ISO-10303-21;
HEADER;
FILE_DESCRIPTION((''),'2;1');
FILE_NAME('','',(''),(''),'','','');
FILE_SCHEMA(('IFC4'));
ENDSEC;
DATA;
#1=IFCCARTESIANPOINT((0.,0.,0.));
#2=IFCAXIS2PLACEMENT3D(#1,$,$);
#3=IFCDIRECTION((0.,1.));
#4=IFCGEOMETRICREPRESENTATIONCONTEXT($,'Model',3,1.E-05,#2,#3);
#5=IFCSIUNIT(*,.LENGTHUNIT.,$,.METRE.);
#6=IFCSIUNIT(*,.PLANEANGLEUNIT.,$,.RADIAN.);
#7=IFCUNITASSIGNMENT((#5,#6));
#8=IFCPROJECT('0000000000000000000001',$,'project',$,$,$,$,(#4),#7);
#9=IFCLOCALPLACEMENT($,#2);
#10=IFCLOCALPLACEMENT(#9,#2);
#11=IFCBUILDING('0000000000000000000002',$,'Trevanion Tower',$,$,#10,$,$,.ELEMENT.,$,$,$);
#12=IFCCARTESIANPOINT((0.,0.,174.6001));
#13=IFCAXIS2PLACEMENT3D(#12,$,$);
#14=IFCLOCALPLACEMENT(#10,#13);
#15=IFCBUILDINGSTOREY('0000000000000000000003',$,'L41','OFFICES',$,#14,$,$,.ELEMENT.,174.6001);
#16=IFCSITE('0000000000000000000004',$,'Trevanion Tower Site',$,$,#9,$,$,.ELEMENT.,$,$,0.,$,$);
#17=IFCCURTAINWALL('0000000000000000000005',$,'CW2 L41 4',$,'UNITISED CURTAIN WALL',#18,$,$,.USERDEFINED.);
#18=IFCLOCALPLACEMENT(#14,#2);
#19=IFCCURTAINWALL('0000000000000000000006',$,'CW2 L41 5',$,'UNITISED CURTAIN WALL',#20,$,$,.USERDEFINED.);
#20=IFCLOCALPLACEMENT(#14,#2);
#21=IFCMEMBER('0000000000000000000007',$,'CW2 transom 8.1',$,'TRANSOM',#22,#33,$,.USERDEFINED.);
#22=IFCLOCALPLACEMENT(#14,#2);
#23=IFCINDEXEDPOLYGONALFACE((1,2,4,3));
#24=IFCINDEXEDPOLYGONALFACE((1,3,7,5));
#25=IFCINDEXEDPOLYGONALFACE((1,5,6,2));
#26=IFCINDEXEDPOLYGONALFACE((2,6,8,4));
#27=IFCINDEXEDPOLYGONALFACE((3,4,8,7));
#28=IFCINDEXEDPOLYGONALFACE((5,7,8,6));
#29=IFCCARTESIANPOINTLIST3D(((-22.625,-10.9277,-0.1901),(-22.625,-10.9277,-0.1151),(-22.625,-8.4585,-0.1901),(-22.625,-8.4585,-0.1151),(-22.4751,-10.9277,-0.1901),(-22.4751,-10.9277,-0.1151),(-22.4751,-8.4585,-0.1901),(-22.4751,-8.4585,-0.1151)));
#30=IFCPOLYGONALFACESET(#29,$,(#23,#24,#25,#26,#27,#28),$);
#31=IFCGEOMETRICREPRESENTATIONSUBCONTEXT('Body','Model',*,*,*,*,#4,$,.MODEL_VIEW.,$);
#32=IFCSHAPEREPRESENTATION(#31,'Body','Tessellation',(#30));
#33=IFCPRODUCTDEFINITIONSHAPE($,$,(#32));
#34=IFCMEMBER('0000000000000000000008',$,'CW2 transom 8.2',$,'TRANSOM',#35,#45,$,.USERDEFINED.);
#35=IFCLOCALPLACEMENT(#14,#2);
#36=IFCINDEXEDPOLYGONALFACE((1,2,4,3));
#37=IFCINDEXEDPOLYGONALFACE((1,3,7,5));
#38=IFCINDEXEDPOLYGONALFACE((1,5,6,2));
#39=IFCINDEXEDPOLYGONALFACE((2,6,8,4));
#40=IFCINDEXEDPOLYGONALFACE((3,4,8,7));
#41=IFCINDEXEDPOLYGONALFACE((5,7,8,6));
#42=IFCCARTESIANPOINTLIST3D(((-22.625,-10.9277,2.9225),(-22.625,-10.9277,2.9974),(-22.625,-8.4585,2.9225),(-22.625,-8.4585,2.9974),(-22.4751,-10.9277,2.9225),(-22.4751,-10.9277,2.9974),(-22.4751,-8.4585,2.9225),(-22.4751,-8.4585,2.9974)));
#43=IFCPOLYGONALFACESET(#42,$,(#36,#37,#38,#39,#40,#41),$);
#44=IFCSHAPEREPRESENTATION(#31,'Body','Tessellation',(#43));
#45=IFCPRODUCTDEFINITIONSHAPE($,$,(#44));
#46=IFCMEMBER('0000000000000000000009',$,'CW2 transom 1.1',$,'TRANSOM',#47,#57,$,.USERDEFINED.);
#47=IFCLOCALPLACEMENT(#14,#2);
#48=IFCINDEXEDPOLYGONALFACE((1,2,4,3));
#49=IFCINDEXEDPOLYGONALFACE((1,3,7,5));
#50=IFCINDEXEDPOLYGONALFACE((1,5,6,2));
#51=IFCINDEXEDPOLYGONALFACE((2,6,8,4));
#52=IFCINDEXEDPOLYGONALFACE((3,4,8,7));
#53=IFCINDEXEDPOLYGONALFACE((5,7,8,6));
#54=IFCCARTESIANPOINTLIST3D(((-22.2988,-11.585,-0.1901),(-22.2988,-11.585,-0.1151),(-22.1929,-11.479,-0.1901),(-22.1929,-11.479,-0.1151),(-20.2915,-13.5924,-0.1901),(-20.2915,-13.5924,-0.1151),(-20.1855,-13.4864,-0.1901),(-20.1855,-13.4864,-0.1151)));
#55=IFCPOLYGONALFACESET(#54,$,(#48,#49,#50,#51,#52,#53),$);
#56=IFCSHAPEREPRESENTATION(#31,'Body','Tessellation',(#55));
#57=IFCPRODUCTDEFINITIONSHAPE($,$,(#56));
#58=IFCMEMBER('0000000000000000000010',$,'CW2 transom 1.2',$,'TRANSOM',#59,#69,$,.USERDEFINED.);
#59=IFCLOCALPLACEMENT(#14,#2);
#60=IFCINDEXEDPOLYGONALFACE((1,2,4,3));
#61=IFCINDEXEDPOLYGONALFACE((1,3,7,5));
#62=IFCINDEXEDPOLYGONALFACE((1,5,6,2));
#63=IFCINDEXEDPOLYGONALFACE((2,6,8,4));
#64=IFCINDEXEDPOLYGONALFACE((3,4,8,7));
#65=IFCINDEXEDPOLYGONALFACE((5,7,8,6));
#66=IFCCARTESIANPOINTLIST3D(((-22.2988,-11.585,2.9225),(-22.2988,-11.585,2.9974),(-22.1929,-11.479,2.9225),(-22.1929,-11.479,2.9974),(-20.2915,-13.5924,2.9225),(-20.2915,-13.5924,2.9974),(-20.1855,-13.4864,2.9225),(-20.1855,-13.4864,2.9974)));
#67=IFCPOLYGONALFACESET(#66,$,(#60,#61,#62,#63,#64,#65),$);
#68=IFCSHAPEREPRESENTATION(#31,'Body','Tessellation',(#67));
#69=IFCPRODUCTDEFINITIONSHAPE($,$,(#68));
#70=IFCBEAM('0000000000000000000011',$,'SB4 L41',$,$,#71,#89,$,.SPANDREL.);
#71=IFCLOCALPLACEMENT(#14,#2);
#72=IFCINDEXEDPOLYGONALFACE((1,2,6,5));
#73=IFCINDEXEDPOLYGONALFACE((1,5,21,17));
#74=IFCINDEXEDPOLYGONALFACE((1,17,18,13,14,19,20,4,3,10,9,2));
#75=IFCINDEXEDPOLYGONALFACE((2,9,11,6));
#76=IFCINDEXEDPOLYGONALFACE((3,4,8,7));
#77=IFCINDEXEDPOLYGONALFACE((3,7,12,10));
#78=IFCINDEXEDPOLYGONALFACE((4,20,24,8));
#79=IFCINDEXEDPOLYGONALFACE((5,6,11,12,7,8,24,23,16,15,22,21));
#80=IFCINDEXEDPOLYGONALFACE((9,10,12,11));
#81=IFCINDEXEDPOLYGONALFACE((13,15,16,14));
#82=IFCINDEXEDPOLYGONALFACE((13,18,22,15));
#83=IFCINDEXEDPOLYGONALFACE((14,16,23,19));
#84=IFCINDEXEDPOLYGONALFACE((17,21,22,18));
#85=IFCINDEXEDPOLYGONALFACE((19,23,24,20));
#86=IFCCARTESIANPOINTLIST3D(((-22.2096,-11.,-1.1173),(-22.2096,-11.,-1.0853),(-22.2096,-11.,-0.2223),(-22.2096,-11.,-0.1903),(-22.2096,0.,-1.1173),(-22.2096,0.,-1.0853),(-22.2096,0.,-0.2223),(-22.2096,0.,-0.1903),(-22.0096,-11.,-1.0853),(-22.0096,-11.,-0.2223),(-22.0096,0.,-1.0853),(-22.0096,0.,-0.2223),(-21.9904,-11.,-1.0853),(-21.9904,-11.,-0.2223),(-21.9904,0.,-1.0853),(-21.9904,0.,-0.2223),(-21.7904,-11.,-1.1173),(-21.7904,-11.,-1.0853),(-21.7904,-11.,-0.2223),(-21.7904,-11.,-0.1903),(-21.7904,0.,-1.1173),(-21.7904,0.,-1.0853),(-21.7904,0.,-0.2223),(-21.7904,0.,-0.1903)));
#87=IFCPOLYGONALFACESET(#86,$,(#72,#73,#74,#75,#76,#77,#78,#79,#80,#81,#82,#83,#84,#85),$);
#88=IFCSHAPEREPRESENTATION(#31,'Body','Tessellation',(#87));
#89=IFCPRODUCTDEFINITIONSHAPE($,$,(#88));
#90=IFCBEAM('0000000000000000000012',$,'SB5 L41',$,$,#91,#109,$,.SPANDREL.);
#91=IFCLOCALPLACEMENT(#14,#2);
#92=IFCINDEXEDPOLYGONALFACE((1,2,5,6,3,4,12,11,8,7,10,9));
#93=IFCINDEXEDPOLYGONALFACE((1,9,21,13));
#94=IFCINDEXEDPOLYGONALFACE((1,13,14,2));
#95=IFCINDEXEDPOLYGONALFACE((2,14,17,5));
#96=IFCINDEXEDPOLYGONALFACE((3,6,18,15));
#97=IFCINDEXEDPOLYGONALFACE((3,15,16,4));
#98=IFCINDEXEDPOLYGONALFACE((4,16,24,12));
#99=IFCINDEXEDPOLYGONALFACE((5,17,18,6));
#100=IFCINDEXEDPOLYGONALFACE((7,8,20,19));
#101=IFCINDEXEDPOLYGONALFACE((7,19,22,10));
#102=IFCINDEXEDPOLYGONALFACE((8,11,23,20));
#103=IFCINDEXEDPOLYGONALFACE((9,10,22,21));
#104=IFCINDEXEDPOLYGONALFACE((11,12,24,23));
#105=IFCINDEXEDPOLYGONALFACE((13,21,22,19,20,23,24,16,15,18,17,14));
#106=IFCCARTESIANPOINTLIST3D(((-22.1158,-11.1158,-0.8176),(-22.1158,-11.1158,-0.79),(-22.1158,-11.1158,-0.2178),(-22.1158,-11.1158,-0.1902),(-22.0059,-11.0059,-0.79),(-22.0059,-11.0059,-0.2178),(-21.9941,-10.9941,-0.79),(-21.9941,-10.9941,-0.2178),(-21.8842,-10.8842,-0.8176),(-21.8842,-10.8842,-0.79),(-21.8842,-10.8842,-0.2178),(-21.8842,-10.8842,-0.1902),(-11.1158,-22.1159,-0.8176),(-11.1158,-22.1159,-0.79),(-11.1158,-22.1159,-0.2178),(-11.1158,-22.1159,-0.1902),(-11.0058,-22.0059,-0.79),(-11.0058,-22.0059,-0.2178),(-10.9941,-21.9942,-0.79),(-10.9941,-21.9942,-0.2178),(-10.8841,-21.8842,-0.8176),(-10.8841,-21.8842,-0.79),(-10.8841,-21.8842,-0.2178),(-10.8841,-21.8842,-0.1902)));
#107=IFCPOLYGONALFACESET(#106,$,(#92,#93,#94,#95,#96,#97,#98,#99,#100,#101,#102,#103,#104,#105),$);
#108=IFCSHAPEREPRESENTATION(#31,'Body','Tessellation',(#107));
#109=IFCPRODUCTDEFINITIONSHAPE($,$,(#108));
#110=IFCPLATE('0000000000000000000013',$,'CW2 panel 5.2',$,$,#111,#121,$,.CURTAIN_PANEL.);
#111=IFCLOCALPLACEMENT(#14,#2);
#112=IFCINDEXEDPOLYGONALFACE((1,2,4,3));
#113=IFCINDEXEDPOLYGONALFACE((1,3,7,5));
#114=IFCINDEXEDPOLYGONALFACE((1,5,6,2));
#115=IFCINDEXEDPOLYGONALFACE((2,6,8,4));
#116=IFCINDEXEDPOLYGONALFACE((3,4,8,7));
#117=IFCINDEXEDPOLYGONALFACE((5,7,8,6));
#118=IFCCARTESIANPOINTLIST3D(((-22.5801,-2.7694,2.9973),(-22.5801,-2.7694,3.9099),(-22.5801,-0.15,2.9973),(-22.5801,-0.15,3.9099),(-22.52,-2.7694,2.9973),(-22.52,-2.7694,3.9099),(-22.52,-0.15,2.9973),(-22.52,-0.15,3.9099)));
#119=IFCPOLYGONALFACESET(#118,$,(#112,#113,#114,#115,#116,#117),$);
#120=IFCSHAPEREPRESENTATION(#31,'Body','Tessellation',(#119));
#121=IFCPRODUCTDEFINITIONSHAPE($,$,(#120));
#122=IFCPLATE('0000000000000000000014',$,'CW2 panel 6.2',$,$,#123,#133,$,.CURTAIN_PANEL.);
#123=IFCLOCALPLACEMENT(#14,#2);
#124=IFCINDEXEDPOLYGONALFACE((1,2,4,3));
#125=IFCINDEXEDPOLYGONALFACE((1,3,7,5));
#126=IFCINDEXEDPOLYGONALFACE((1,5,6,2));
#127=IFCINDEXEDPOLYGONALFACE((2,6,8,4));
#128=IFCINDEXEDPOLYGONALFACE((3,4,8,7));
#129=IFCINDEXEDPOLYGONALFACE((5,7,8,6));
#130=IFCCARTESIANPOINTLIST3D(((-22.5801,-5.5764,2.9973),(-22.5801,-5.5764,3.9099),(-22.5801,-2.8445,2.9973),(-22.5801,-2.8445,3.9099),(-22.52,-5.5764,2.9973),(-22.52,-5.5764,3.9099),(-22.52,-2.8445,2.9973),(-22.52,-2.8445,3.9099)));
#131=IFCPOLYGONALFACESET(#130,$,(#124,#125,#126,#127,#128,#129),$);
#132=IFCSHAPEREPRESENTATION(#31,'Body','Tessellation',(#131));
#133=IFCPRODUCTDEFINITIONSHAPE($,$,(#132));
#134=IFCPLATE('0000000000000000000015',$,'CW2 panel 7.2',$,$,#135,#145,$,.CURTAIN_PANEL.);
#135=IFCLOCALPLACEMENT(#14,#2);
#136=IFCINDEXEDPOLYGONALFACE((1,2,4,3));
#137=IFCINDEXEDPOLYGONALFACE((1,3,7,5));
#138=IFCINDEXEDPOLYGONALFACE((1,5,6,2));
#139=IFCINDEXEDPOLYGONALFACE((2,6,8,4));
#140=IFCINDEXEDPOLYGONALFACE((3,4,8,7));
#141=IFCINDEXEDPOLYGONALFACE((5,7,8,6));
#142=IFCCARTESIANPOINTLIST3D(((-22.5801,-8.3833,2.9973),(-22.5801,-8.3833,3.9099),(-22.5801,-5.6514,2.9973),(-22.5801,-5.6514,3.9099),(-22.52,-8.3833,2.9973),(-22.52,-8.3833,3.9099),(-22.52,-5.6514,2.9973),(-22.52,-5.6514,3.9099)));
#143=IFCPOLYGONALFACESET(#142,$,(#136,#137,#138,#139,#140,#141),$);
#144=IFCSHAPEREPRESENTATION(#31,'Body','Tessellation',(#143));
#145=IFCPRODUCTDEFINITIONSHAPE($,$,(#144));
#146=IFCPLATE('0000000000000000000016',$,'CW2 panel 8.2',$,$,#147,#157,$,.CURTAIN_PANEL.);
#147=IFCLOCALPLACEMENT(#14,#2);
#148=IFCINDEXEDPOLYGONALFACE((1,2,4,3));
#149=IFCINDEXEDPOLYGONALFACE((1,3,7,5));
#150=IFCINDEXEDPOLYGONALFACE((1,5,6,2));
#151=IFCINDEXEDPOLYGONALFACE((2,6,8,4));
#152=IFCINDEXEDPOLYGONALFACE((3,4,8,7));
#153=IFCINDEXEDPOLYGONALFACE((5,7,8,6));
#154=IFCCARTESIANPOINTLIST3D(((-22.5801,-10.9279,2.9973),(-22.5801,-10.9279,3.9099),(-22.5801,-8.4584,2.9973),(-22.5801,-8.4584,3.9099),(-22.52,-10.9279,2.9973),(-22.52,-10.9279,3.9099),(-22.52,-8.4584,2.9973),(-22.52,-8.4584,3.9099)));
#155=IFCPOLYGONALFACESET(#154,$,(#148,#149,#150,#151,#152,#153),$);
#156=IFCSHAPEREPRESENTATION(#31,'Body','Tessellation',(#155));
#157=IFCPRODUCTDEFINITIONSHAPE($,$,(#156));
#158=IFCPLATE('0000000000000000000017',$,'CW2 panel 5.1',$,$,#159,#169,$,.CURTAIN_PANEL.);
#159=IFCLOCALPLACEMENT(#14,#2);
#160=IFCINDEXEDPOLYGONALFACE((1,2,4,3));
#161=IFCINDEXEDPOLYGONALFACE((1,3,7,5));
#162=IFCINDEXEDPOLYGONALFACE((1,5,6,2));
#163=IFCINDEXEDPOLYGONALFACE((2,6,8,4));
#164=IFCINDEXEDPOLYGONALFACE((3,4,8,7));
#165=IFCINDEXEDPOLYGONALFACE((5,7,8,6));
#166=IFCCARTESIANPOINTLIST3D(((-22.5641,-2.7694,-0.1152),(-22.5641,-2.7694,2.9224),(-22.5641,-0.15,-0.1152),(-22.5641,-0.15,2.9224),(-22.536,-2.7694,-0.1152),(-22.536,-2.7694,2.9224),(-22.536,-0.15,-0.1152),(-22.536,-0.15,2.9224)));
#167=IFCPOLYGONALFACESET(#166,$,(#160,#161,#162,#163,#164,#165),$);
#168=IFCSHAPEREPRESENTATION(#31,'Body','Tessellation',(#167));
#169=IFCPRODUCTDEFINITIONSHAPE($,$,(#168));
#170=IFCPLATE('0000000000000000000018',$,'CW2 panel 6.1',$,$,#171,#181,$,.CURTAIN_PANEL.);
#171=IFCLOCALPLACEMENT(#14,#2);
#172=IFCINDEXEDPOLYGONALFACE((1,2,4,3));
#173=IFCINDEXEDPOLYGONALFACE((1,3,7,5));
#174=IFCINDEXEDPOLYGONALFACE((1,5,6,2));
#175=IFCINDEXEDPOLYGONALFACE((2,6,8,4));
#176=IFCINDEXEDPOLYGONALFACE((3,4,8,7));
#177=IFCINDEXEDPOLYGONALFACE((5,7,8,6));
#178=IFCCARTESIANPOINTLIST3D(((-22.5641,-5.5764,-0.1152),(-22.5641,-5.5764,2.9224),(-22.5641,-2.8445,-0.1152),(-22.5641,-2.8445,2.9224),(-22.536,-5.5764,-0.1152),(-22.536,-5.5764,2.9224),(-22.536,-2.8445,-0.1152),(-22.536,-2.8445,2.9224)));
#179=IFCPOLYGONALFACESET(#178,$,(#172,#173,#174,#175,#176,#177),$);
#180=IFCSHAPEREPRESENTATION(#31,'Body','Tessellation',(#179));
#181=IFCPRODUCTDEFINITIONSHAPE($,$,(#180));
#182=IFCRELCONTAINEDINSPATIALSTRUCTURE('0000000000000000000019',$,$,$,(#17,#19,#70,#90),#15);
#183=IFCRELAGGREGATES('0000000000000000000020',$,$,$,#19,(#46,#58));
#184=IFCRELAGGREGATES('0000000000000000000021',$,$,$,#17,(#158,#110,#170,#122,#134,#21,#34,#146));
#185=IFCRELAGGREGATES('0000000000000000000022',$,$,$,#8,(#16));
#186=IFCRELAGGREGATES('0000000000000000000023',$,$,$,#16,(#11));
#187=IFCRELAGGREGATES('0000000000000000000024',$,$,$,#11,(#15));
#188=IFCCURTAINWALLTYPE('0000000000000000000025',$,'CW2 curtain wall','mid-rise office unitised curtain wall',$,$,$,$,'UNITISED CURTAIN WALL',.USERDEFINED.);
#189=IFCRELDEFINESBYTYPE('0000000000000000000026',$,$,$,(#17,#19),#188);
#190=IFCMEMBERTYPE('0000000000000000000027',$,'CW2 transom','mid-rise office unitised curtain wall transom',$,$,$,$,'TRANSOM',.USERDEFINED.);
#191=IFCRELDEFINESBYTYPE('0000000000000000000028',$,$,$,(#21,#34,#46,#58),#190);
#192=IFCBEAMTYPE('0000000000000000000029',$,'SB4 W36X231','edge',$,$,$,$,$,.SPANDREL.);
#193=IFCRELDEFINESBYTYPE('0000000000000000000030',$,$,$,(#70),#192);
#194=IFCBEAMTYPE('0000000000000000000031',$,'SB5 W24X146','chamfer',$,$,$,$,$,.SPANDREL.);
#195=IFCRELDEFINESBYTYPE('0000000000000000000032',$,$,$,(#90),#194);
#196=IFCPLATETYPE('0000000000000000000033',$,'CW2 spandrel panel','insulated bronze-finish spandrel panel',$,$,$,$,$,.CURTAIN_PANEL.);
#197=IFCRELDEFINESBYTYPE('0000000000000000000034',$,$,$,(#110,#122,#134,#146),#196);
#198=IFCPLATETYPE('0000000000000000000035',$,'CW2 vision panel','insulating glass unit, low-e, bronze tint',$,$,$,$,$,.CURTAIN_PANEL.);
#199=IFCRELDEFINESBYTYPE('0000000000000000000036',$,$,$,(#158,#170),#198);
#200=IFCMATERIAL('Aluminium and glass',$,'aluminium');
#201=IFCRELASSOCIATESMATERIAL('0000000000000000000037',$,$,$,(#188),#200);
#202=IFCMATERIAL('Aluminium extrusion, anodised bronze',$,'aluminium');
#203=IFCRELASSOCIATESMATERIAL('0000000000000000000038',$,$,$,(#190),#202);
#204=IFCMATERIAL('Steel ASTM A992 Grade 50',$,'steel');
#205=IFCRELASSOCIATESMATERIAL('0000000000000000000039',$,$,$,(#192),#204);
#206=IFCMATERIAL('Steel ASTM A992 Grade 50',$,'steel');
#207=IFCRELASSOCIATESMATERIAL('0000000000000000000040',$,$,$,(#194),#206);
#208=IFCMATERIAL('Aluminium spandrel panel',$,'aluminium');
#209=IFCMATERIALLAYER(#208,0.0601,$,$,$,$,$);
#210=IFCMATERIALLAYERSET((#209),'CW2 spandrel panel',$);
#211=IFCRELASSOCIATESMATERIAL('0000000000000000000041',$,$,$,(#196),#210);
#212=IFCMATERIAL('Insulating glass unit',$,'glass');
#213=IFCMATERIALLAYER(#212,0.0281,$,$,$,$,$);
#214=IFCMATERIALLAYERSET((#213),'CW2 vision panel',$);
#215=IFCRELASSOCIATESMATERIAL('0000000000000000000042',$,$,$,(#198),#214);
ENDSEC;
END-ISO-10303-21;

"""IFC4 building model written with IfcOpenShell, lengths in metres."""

from ifc_helpers import new_model, si_unit, direction, frame, origin, origin_2d, place, context, subcontext, project, spatial, rectangle, i_section, extrude, material, layer, layer_set, material_profile, profile_set, type_object, element, aggregate, save


model = new_model("IFC4")

# Units and contexts
model_context = context("Model", 3, precision=1e-05, world=origin(), true_north=direction((0.0, 1.0)))
body_context = subcontext(model_context, "Body", "Model", "MODEL_VIEW")
ifc_project = project(units=[si_unit("LENGTHUNIT", "METRE"), si_unit("PLANEANGLEUNIT", "RADIAN")], contexts=[model_context])

# Site, building, storey
site_placement = place(None, origin())
site = spatial("IfcSite", under=ifc_project, at=site_placement, Name="Trevanion Tower Site", CompositionType="ELEMENT", RefElevation=0.0)
building_placement = place(site_placement, origin())
building = spatial("IfcBuilding", under=site, at=building_placement, Name="Trevanion Tower", CompositionType="ELEMENT")
storey_placement = place(building_placement, frame((0.0, 0.0, 174.6001)))
storey = spatial("IfcBuildingStorey", under=building, at=storey_placement, Name="L41", Description="OFFICES", CompositionType="ELEMENT", Elevation=174.6001)

# Curtain wall
ifc_material_1 = material(Name="Aluminium and glass", Category="aluminium")
curtain_wall_type = type_object("IfcCurtainWallType", Name="CW2 curtain wall", Description="mid-rise office unitised curtain wall", ElementType="UNITISED CURTAIN WALL", PredefinedType="USERDEFINED", material=ifc_material_1)
curtain_wall_1_placement = place(storey_placement, origin())
curtain_wall_1 = element("IfcCurtainWall", 1, at=curtain_wall_1_placement, inside=storey, type_object=curtain_wall_type, Name="CW2 L41 4", ObjectType="UNITISED CURTAIN WALL", PredefinedType="USERDEFINED")

# Curtain wall
curtain_wall_2_placement = place(storey_placement, origin())
curtain_wall_2 = element("IfcCurtainWall", 2, at=curtain_wall_2_placement, inside=storey, type_object=curtain_wall_type, Name="CW2 L41 5", ObjectType="UNITISED CURTAIN WALL", PredefinedType="USERDEFINED")

# Members
ifc_material_2 = material(Name="Aluminium extrusion, anodised bronze", Category="aluminium")
ifc_material_profile_1 = material_profile(ifc_material_2, rectangle(XDim=0.1499, YDim=0.075, at=origin_2d()), Name="CW2 transom")
ifc_profile_set_1 = profile_set([ifc_material_profile_1], Name="Aluminium extrusion, anodised bronze")
member_type_1 = type_object("IfcMemberType", Name="CW2 transom", Description="mid-rise office unitised curtain wall transom", ElementType="TRANSOM", PredefinedType="USERDEFINED", material=ifc_profile_set_1)
member_1_placement = place(storey_placement, frame((-22.55, -8.4585, -0.1526), z_axis=(0.0, -1.0, 0.0), x_axis=(1.0, 0.0, 0.0)))
member_1 = element("IfcMember", 3, at=member_1_placement, type_object=member_type_1, Name="CW2 transom 8.1", ObjectType="TRANSOM", PredefinedType="USERDEFINED", context=body_context, shape_type="SweptSolid", body=[
    extrude(rectangle(XDim=0.1499, YDim=0.075, at=origin_2d()), origin(), (0.0, 0.0, 1.0), 2.4692),
])
member_2_placement = place(storey_placement, frame((-22.55, -8.4585, 2.96), z_axis=(0.0, -1.0, 0.0), x_axis=(1.0, 0.0, 0.0)))
member_2 = element("IfcMember", 4, at=member_2_placement, type_object=member_type_1, Name="CW2 transom 8.2", ObjectType="TRANSOM", PredefinedType="USERDEFINED", context=body_context, shape_type="SweptSolid", body=[
    extrude(rectangle(XDim=0.1499, YDim=0.075, at=origin_2d()), origin(), (0.0, 0.0, 1.0), 2.4692),
])
member_3_placement = place(storey_placement, frame((-22.2458, -11.532, -0.1526), z_axis=(0.707107, -0.707107, 0.0), x_axis=(0.707107, 0.707107, 0.0)))
member_3 = element("IfcMember", 5, at=member_3_placement, type_object=member_type_1, Name="CW2 transom 1.1", ObjectType="TRANSOM", PredefinedType="USERDEFINED", context=body_context, shape_type="SweptSolid", body=[
    extrude(rectangle(XDim=0.1499, YDim=0.075, at=origin_2d()), origin(), (0.0, 0.0, 1.0), 2.8389),
])
member_4_placement = place(storey_placement, frame((-22.2458, -11.532, 2.96), z_axis=(0.707107, -0.707107, 0.0), x_axis=(0.707107, 0.707107, 0.0)))
member_4 = element("IfcMember", 6, at=member_4_placement, type_object=member_type_1, Name="CW2 transom 1.2", ObjectType="TRANSOM", PredefinedType="USERDEFINED", context=body_context, shape_type="SweptSolid", body=[
    extrude(rectangle(XDim=0.1499, YDim=0.075, at=origin_2d()), origin(), (0.0, 0.0, 1.0), 2.8389),
])
aggregate(curtain_wall_2, [member_3, member_4])

# Beams
ifc_material_3 = material(Name="Steel ASTM A992 Grade 50", Category="steel")
ifc_material_profile_2 = material_profile(ifc_material_3, i_section(OverallWidth=0.4192, OverallDepth=0.927, WebThickness=0.0193, FlangeThickness=0.032, at=origin_2d()), Name="W36X231")
ifc_profile_set_2 = profile_set([ifc_material_profile_2], Name="Steel ASTM A992 Grade 50")
beam_type_1 = type_object("IfcBeamType", Name="SB4 W36X231", Description="edge", PredefinedType="SPANDREL", material=ifc_profile_set_2)
beam_1_placement = place(storey_placement, frame((-22.0, 0.0, -0.6538), z_axis=(0.0, -1.0, 0.0), x_axis=(1.0, 0.0, 0.0)))
element("IfcBeam", 7, at=beam_1_placement, inside=storey, type_object=beam_type_1, Name="SB4 L41", PredefinedType="SPANDREL", context=body_context, shape_type="SweptSolid", body=[
    extrude(i_section(OverallWidth=0.4192, OverallDepth=0.927, WebThickness=0.0193, FlangeThickness=0.032, at=origin_2d()), origin(), (0.0, 0.0, 1.0), 11.0),
])
ifc_material_4 = material(Name="Steel ASTM A992 Grade 50", Category="steel")
ifc_material_profile_3 = material_profile(ifc_material_4, i_section(OverallWidth=0.3276, OverallDepth=0.6274, WebThickness=0.0166, FlangeThickness=0.0276, at=origin_2d()), Name="W24X146")
ifc_profile_set_3 = profile_set([ifc_material_profile_3], Name="Steel ASTM A992 Grade 50")
beam_type_2 = type_object("IfcBeamType", Name="SB5 W24X146", Description="chamfer", PredefinedType="SPANDREL", material=ifc_profile_set_3)
beam_2_placement = place(storey_placement, frame((-22.0, -11.0, -0.5039), z_axis=(0.707107, -0.707107, 0.0), x_axis=(0.707107, 0.707107, 0.0)))
element("IfcBeam", 8, at=beam_2_placement, inside=storey, type_object=beam_type_2, Name="SB5 L41", PredefinedType="SPANDREL", context=body_context, shape_type="SweptSolid", body=[
    extrude(i_section(OverallWidth=0.3276, OverallDepth=0.6274, WebThickness=0.0166, FlangeThickness=0.0276, at=origin_2d()), origin(), (0.0, 0.0, 1.0), 15.5564),
])

# Plates
ifc_material_5 = material(Name="Aluminium spandrel panel", Category="aluminium")
ifc_layer_1 = layer(ifc_material_5, 0.0601)
ifc_layer_set_1 = layer_set([ifc_layer_1], Name="CW2 spandrel panel")
plate_type_1 = type_object("IfcPlateType", Name="CW2 spandrel panel", Description="insulated bronze-finish spandrel panel", PredefinedType="CURTAIN_PANEL", material=ifc_layer_set_1)
plate_1_placement = place(storey_placement, frame((-22.55, -1.4597, 2.9973), z_axis=(0.0, 0.0, 1.0), x_axis=(0.0, -1.0, 0.0)))
plate_1 = element("IfcPlate", 9, at=plate_1_placement, type_object=plate_type_1, Name="CW2 panel 5.2", PredefinedType="CURTAIN_PANEL", context=body_context, shape_type="SweptSolid", body=[
    extrude(rectangle(XDim=2.6194, YDim=0.0601, at=origin_2d()), origin(), (0.0, 0.0, 1.0), 0.9126),
])
plate_2_placement = place(storey_placement, frame((-22.55, -4.2104, 2.9973), z_axis=(0.0, 0.0, 1.0), x_axis=(0.0, -1.0, 0.0)))
plate_2 = element("IfcPlate", 10, at=plate_2_placement, type_object=plate_type_1, Name="CW2 panel 6.2", PredefinedType="CURTAIN_PANEL", context=body_context, shape_type="SweptSolid", body=[
    extrude(rectangle(XDim=2.7319, YDim=0.0601, at=origin_2d()), origin(), (0.0, 0.0, 1.0), 0.9126),
])
plate_3_placement = place(storey_placement, frame((-22.55, -7.0173, 2.9973), z_axis=(0.0, 0.0, 1.0), x_axis=(0.0, -1.0, 0.0)))
plate_3 = element("IfcPlate", 11, at=plate_3_placement, type_object=plate_type_1, Name="CW2 panel 7.2", PredefinedType="CURTAIN_PANEL", context=body_context, shape_type="SweptSolid", body=[
    extrude(rectangle(XDim=2.7319, YDim=0.0601, at=origin_2d()), origin(), (0.0, 0.0, 1.0), 0.9126),
])
plate_4_placement = place(storey_placement, frame((-22.55, -9.6931, 2.9973), z_axis=(0.0, 0.0, 1.0), x_axis=(0.0, -1.0, 0.0)))
plate_4 = element("IfcPlate", 12, at=plate_4_placement, type_object=plate_type_1, Name="CW2 panel 8.2", PredefinedType="CURTAIN_PANEL", context=body_context, shape_type="SweptSolid", body=[
    extrude(rectangle(XDim=2.4695, YDim=0.0601, at=origin_2d()), origin(), (0.0, 0.0, 1.0), 0.9126),
])
ifc_material_6 = material(Name="Insulating glass unit", Category="glass")
ifc_layer_2 = layer(ifc_material_6, 0.0281)
ifc_layer_set_2 = layer_set([ifc_layer_2], Name="CW2 vision panel")
plate_type_2 = type_object("IfcPlateType", Name="CW2 vision panel", Description="insulating glass unit, low-e, bronze tint", PredefinedType="CURTAIN_PANEL", material=ifc_layer_set_2)
plate_5_placement = place(storey_placement, frame((-22.55, -1.4597, -0.1152), z_axis=(0.0, 0.0, 1.0), x_axis=(0.0, -1.0, 0.0)))
plate_5 = element("IfcPlate", 13, at=plate_5_placement, type_object=plate_type_2, Name="CW2 panel 5.1", PredefinedType="CURTAIN_PANEL", context=body_context, shape_type="SweptSolid", body=[
    extrude(rectangle(XDim=2.6194, YDim=0.0281, at=origin_2d()), origin(), (0.0, 0.0, 1.0), 3.0376),
])
plate_6_placement = place(storey_placement, frame((-22.55, -4.2104, -0.1152), z_axis=(0.0, 0.0, 1.0), x_axis=(0.0, -1.0, 0.0)))
plate_6 = element("IfcPlate", 14, at=plate_6_placement, type_object=plate_type_2, Name="CW2 panel 6.1", PredefinedType="CURTAIN_PANEL", context=body_context, shape_type="SweptSolid", body=[
    extrude(rectangle(XDim=2.7319, YDim=0.0281, at=origin_2d()), origin(), (0.0, 0.0, 1.0), 3.0376),
])
aggregate(curtain_wall_1, [plate_5, plate_1, plate_6, plate_2, plate_3, member_1, member_2, plate_4])

save(model, "model.ifc")
